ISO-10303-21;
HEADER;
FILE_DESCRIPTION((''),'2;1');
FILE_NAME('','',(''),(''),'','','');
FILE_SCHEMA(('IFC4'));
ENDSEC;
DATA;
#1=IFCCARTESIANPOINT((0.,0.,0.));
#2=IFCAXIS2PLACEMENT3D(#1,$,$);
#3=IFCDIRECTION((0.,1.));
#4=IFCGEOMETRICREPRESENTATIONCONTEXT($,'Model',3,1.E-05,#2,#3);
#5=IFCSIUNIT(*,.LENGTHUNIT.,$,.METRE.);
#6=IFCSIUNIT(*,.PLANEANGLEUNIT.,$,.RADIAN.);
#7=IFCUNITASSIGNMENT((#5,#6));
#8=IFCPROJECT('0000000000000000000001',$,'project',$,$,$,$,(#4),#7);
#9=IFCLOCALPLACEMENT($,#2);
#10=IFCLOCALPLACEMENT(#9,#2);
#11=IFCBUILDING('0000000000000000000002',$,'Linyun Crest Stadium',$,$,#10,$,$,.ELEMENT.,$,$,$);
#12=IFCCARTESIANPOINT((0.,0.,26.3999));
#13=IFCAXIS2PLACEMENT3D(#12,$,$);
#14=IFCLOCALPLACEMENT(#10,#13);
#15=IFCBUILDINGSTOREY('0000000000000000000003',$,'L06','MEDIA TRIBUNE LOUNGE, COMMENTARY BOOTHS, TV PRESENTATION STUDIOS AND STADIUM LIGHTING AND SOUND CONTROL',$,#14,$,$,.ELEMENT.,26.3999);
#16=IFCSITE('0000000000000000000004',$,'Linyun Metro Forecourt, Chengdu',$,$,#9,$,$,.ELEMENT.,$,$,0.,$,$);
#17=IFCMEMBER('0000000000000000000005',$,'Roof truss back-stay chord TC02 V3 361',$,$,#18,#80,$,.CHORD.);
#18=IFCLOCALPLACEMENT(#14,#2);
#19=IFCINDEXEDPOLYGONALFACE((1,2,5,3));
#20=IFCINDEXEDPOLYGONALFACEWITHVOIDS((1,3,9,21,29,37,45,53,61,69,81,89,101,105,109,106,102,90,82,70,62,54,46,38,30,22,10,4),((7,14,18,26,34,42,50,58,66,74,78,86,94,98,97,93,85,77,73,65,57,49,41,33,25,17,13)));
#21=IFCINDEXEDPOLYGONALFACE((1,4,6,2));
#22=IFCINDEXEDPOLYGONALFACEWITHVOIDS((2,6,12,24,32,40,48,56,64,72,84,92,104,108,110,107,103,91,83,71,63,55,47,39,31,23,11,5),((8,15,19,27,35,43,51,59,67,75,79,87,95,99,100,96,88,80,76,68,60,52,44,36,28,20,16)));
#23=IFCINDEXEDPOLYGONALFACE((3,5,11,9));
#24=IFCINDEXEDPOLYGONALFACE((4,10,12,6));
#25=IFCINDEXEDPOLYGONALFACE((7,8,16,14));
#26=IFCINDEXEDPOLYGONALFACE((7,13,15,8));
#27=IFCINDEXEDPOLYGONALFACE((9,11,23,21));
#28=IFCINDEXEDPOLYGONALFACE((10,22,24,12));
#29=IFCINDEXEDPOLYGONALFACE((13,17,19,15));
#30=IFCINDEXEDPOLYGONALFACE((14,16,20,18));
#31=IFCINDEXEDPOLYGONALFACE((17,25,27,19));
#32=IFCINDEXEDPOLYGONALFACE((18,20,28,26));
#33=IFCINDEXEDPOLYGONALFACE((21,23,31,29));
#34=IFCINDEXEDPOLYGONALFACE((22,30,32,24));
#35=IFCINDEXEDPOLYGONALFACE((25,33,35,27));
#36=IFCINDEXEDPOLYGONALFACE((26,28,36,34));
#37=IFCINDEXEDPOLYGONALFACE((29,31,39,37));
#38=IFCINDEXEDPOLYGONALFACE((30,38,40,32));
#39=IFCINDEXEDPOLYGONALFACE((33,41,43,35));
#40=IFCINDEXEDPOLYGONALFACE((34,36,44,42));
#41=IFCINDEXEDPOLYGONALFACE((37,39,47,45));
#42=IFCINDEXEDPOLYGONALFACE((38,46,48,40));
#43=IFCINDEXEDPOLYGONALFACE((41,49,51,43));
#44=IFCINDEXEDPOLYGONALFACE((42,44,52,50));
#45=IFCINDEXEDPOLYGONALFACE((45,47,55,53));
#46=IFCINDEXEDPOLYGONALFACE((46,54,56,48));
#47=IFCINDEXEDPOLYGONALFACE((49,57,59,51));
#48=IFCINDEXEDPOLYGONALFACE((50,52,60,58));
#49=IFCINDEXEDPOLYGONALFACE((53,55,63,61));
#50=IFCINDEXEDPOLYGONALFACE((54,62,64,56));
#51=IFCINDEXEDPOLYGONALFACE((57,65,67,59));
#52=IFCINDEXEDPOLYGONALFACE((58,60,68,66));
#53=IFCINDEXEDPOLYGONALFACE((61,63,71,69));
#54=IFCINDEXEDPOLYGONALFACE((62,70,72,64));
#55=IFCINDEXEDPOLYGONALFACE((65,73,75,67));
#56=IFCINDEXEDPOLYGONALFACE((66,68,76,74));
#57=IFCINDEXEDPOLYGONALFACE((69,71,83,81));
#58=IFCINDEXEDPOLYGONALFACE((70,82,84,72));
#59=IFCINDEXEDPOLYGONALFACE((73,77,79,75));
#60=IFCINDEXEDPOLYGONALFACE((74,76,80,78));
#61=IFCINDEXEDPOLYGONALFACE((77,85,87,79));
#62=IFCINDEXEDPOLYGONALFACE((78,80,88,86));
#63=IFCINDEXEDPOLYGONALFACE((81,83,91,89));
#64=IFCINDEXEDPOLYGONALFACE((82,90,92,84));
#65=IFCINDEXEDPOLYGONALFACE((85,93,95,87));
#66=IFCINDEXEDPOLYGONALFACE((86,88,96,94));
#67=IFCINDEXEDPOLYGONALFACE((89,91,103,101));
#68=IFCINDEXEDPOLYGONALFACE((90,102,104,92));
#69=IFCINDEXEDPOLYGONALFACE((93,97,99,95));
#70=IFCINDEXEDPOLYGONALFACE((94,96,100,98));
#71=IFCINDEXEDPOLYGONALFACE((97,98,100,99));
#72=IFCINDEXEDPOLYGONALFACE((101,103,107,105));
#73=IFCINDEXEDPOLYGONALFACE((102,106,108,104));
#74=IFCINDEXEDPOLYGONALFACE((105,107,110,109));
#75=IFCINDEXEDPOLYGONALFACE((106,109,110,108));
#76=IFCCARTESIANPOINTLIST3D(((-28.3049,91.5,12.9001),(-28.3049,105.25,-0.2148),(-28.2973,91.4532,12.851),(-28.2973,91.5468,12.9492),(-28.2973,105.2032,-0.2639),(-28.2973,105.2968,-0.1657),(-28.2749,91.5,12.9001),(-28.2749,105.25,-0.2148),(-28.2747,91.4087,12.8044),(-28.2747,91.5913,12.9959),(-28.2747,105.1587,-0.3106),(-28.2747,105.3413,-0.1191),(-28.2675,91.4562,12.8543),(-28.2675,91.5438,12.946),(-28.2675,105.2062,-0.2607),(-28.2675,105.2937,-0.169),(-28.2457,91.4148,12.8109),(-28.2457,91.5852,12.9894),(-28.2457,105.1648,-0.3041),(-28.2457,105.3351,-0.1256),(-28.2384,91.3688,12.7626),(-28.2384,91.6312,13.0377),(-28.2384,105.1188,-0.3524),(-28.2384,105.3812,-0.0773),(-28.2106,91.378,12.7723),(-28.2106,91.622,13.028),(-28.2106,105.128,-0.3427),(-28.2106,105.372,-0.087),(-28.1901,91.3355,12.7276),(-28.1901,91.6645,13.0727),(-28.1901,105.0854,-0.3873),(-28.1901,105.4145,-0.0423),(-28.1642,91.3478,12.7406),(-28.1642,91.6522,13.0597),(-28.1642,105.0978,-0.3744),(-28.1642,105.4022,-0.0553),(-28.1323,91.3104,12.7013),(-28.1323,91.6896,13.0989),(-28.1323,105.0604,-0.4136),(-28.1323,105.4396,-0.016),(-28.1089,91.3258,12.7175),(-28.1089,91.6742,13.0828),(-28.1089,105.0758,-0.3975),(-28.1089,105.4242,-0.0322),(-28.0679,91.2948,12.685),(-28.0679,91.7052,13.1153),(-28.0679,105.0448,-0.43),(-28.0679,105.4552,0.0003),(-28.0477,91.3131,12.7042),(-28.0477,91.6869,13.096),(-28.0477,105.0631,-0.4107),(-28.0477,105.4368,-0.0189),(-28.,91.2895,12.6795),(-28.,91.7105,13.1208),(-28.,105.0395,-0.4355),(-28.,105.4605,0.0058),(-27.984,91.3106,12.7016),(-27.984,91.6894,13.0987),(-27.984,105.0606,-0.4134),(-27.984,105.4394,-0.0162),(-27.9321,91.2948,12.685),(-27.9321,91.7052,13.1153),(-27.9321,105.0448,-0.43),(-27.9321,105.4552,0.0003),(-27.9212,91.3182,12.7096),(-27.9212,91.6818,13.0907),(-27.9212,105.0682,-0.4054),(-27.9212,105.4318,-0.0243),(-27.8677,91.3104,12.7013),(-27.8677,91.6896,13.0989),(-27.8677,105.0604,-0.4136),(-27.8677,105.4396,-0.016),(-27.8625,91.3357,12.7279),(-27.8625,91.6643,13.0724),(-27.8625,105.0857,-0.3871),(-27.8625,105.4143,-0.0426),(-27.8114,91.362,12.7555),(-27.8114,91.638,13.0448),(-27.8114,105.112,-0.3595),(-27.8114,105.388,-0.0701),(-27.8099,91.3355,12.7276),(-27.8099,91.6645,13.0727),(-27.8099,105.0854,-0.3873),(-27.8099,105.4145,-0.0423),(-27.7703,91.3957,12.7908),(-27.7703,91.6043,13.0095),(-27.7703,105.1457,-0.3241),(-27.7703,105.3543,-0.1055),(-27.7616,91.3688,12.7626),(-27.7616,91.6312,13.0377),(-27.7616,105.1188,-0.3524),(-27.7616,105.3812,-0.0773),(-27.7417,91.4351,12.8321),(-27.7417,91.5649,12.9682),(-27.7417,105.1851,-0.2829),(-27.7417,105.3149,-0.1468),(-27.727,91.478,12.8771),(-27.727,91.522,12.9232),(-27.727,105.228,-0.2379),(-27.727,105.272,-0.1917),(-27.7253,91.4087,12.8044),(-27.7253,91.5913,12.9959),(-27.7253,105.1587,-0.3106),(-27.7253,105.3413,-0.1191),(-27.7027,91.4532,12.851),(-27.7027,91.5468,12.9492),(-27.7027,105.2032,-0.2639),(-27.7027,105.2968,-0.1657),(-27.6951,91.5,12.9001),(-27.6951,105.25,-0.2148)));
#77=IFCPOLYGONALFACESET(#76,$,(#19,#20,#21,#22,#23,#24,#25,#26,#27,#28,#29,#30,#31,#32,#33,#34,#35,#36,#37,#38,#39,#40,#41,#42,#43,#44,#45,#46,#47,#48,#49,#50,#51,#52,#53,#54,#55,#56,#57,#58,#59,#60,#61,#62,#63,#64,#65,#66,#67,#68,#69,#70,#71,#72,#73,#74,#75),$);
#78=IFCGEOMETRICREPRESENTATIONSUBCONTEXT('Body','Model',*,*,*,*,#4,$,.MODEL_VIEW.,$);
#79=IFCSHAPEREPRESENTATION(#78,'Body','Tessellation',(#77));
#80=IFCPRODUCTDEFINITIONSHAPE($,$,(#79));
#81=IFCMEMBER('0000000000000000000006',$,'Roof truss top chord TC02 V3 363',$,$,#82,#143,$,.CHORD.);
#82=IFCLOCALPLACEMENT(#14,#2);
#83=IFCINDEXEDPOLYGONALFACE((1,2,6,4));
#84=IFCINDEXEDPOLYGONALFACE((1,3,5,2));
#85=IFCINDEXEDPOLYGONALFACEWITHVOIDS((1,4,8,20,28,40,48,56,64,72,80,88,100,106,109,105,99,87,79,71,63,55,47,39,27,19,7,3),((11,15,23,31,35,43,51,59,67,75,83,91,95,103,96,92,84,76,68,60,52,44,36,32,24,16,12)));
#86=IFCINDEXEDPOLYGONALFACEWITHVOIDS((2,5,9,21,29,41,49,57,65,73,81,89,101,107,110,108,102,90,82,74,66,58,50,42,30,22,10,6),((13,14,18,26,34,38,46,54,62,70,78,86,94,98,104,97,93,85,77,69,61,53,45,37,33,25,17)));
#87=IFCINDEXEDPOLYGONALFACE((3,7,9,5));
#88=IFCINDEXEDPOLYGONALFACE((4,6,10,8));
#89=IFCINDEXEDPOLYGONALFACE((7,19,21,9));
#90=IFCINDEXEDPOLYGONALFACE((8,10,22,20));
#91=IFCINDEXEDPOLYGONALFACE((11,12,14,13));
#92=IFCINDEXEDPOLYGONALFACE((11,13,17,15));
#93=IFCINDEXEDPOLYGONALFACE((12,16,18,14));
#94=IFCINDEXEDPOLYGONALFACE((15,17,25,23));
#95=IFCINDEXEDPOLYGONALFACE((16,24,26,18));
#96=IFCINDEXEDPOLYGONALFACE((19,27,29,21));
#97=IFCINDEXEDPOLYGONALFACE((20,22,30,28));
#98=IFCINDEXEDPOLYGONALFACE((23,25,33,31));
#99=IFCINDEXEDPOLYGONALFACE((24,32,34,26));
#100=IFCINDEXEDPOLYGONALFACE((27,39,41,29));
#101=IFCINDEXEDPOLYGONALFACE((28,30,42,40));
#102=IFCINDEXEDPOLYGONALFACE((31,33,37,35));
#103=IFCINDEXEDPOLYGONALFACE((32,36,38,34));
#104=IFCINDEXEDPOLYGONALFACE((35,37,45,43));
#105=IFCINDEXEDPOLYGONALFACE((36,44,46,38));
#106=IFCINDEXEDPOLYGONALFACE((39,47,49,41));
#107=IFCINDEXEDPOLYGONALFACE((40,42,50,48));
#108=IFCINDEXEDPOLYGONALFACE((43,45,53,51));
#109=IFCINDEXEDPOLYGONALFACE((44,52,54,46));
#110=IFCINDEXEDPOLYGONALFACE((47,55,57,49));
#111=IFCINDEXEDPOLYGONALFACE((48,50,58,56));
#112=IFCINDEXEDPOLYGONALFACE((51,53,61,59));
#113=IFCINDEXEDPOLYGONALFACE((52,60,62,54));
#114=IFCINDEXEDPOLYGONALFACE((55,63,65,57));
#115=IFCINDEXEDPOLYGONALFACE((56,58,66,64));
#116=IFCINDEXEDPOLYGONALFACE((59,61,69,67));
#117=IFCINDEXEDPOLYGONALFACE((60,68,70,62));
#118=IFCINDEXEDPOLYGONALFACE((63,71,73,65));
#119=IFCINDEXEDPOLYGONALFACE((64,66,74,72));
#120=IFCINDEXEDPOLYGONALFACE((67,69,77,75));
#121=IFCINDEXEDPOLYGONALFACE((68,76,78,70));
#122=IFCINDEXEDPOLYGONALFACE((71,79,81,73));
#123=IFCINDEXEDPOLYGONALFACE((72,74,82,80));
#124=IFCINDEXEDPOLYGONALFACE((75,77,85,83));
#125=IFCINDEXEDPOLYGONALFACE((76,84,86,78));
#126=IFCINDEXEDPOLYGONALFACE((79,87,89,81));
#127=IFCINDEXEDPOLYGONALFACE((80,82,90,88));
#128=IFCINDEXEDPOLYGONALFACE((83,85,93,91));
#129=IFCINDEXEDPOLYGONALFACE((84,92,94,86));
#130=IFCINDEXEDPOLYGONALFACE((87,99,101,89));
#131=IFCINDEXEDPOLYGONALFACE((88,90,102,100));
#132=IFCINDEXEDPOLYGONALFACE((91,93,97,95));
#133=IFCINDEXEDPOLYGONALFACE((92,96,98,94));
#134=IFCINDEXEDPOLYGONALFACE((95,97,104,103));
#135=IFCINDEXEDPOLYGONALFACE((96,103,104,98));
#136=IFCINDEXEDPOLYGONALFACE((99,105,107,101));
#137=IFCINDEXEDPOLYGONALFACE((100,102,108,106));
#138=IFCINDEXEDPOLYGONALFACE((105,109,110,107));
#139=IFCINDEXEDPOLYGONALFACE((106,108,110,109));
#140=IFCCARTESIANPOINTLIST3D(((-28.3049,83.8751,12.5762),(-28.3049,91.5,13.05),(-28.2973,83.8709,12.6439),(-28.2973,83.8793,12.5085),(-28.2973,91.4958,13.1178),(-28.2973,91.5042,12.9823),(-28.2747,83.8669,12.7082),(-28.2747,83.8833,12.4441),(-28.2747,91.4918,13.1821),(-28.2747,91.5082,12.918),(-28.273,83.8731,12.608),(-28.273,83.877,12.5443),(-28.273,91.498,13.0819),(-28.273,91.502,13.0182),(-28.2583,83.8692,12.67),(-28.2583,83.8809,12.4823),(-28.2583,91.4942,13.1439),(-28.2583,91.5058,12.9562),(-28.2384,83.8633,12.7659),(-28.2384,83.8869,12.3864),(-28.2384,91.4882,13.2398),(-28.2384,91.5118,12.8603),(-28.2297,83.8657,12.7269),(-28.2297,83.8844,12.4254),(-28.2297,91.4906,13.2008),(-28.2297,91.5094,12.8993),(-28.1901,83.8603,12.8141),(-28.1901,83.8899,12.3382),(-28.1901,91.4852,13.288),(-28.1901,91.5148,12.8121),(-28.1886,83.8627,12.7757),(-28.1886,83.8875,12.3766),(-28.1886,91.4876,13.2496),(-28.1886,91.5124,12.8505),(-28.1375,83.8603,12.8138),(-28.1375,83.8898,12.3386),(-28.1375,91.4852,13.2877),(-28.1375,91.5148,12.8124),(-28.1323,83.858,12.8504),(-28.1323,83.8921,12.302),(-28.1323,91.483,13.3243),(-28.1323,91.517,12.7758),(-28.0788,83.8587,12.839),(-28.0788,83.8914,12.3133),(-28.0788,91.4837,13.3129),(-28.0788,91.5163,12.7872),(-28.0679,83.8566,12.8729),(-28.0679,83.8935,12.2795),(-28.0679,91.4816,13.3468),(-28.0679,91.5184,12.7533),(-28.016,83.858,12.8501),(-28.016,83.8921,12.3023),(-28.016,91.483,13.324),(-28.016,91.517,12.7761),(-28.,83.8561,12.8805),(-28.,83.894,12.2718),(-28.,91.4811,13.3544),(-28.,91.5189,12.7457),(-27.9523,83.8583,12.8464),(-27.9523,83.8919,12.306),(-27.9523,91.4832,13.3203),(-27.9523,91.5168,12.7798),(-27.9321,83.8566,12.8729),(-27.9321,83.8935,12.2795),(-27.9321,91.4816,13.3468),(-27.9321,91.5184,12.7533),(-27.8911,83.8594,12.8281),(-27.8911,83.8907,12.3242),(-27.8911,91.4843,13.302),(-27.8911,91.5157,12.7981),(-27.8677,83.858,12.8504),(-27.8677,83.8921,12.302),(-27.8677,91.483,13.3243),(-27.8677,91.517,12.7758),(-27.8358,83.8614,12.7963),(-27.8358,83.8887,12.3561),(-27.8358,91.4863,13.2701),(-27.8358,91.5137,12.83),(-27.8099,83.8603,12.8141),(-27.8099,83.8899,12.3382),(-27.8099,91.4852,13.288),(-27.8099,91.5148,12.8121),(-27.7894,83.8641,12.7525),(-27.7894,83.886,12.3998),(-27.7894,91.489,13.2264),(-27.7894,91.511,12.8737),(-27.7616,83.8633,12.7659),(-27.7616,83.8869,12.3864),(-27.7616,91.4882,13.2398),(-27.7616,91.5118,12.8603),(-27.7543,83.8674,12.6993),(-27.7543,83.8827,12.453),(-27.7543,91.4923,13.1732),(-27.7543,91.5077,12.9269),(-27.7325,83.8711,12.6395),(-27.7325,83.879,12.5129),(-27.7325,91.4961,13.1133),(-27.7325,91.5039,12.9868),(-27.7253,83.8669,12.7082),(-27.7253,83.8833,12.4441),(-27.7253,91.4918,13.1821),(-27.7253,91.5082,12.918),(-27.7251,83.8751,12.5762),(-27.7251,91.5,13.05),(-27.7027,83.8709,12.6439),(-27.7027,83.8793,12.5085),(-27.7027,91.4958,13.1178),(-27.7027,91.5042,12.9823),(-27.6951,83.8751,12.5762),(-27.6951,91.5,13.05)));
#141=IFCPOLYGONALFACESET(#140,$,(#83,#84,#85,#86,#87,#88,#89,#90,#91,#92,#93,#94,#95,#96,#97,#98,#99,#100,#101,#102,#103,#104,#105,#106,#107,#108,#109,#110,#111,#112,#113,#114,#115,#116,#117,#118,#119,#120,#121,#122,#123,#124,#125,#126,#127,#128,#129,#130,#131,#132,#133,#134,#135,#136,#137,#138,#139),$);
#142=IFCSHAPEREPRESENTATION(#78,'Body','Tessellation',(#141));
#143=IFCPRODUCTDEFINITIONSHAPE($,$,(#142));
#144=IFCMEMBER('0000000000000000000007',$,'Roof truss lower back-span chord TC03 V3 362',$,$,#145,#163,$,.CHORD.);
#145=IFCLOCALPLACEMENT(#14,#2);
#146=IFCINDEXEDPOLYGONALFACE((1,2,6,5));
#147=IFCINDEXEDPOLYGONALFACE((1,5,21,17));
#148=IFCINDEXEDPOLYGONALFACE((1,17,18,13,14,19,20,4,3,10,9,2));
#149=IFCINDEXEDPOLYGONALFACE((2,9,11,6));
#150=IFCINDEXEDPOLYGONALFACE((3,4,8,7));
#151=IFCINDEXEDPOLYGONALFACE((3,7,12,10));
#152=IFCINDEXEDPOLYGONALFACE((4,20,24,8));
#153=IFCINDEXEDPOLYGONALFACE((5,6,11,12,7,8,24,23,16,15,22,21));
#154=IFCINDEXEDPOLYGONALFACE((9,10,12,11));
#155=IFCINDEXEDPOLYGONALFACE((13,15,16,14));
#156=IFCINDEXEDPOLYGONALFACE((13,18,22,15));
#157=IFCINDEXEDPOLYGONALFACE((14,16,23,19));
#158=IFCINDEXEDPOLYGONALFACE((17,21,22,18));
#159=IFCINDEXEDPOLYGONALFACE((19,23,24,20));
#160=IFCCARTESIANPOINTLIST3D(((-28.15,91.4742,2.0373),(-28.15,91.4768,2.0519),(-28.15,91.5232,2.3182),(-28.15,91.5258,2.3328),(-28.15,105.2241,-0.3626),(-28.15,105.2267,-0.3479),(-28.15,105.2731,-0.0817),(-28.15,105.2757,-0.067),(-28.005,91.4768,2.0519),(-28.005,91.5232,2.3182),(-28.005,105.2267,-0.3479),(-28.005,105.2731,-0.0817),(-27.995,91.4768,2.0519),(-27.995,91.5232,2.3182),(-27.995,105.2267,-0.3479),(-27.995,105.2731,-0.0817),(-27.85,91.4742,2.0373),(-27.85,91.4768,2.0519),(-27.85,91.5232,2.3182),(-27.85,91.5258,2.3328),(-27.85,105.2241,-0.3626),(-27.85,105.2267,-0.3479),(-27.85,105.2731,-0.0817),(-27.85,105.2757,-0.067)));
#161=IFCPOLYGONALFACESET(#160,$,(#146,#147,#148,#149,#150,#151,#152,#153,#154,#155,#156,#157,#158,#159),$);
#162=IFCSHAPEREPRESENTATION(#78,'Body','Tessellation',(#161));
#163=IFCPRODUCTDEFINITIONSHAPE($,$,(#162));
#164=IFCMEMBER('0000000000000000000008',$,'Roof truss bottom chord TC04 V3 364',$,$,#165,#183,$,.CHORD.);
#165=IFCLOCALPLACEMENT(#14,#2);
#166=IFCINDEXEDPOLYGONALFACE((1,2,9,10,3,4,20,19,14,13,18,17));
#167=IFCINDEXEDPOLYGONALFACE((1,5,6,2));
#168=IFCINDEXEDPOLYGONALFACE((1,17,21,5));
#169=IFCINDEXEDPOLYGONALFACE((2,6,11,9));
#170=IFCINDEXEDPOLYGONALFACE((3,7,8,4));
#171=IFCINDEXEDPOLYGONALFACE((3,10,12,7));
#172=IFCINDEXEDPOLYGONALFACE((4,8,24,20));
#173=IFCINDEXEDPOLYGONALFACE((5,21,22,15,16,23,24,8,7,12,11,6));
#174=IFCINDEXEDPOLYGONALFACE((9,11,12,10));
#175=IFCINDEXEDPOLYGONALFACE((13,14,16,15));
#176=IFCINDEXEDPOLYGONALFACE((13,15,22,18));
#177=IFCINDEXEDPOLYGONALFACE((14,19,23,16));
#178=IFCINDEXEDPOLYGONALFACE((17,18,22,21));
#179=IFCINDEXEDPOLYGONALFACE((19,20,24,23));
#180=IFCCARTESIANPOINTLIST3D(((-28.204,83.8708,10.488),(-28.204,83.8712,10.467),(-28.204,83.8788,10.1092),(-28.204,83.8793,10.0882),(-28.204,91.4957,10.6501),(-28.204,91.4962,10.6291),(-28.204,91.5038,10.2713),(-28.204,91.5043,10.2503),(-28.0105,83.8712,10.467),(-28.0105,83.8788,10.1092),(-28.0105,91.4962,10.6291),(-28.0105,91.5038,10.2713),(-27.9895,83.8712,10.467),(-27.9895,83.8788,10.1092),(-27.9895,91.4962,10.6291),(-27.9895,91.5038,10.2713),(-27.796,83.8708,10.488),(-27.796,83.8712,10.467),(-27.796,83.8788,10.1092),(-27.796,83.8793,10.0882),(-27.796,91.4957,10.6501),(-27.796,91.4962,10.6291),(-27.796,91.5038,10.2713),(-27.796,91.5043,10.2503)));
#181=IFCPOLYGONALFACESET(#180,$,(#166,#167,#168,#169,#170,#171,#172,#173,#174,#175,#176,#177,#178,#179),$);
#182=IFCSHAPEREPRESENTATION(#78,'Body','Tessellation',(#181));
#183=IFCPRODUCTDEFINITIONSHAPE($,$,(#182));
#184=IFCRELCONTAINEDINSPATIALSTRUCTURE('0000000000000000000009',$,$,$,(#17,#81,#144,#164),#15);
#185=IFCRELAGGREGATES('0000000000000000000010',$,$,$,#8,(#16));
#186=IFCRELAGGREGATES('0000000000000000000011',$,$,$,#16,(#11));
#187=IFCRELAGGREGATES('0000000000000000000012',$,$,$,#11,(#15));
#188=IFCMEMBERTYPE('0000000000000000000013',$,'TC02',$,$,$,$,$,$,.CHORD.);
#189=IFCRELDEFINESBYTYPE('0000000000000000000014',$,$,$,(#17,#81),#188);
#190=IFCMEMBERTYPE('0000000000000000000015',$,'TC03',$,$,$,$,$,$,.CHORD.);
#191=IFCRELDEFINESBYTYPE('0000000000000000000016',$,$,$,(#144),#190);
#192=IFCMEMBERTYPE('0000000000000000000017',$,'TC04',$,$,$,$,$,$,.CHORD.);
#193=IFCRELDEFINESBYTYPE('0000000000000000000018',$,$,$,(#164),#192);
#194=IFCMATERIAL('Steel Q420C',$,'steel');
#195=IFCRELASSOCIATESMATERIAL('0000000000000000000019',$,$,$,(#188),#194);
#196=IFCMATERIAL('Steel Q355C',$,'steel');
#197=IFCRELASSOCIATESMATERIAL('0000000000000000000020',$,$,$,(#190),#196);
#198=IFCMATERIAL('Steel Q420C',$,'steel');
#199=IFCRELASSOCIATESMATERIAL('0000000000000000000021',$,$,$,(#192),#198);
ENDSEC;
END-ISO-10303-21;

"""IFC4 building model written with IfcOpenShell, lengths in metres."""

from ifc_helpers import new_model, si_unit, direction, frame, origin, origin_2d, place, context, subcontext, project, spatial, hollow_circle, i_section, extrude, material, material_profile, profile_set, type_object, element, save


model = new_model("IFC4")

# Units and contexts
model_context = context("Model", 3, precision=1e-05, world=origin(), true_north=direction((0.0, 1.0)))
body_context = subcontext(model_context, "Body", "Model", "MODEL_VIEW")
ifc_project = project(units=[si_unit("LENGTHUNIT", "METRE"), si_unit("PLANEANGLEUNIT", "RADIAN")], contexts=[model_context])

# Site, building, storey
site_placement = place(None, origin())
site = spatial("IfcSite", under=ifc_project, at=site_placement, Name="Linyun Metro Forecourt, Chengdu", CompositionType="ELEMENT", RefElevation=0.0)
building_placement = place(site_placement, origin())
building = spatial("IfcBuilding", under=site, at=building_placement, Name="Linyun Crest Stadium", CompositionType="ELEMENT")
storey_placement = place(building_placement, frame((0.0, 0.0, 26.3999)))
storey = spatial("IfcBuildingStorey", under=building, at=storey_placement, Name="L06", Description="MEDIA TRIBUNE LOUNGE, COMMENTARY BOOTHS, TV PRESENTATION STUDIOS AND STADIUM LIGHTING AND SOUND CONTROL", CompositionType="ELEMENT", Elevation=26.3999)

# Members
ifc_material_1 = material(Name="Steel Q420C", Category="steel")
ifc_material_profile_1 = material_profile(ifc_material_1, hollow_circle(Radius=0.3049, WallThickness=0.03, at=origin_2d()), Name="CHS 610x30")
ifc_profile_set_1 = profile_set([ifc_material_profile_1], Name="Steel Q420C")
member_type_1 = type_object("IfcMemberType", Name="TC02", PredefinedType="CHORD", material=ifc_profile_set_1)
member_1_placement = place(storey_placement, frame((-28.0, 91.5, 12.9001), z_axis=(0.0, 0.723619, -0.6902), x_axis=(-1.0, 0.0, 0.0)))
element("IfcMember", 1, at=member_1_placement, inside=storey, type_object=member_type_1, Name="Roof truss back-stay chord TC02 V3 361", PredefinedType="CHORD", context=body_context, shape_type="SweptSolid", body=[
    extrude(hollow_circle(Radius=0.3049, WallThickness=0.03, at=origin_2d()), origin(), (0.0, 0.0, 1.0), 19.0017),
])
member_2_placement = place(storey_placement, frame((-28.0, 91.5, 13.05), z_axis=(0.0, -0.998074, -0.062028), x_axis=(1.0, 0.0, 0.0)))
element("IfcMember", 2, at=member_2_placement, inside=storey, type_object=member_type_1, Name="Roof truss top chord TC02 V3 363", PredefinedType="CHORD", context=body_context, shape_type="SweptSolid", body=[
    extrude(hollow_circle(Radius=0.3049, WallThickness=0.03, at=origin_2d()), origin(), (0.0, 0.0, 1.0), 7.6396),
])
ifc_material_2 = material(Name="Steel Q355C", Category="steel")
ifc_material_profile_2 = material_profile(ifc_material_2, i_section(OverallWidth=0.3, OverallDepth=0.3, WebThickness=0.01, FlangeThickness=0.0149, at=origin_2d()), Name="HW 300x300")
ifc_profile_set_2 = profile_set([ifc_material_profile_2], Name="Steel Q355C")
member_type_2 = type_object("IfcMemberType", Name="TC03", PredefinedType="CHORD", material=ifc_profile_set_2)
member_3_placement = place(storey_placement, frame((-28.0, 91.5, 2.1851), z_axis=(0.0, 0.985108, -0.171939), x_axis=(-1.0, 0.0, 0.0)))
element("IfcMember", 3, at=member_3_placement, inside=storey, type_object=member_type_2, Name="Roof truss lower back-span chord TC03 V3 362", PredefinedType="CHORD", context=body_context, shape_type="SweptSolid", body=[
    extrude(i_section(OverallWidth=0.3, OverallDepth=0.3, WebThickness=0.01, FlangeThickness=0.0149, at=origin_2d()), origin(), (0.0, 0.0, 1.0), 13.9578),
])
ifc_material_3 = material(Name="Steel Q420C", Category="steel")
ifc_material_profile_3 = material_profile(ifc_material_3, i_section(OverallWidth=0.408, OverallDepth=0.3999, WebThickness=0.021, FlangeThickness=0.021, at=origin_2d()), Name="HW 400x408")
ifc_profile_set_3 = profile_set([ifc_material_profile_3], Name="Steel Q420C")
member_type_3 = type_object("IfcMemberType", Name="TC04", PredefinedType="CHORD", material=ifc_profile_set_3)
member_4_placement = place(storey_placement, frame((-28.0, 91.5, 10.4502), z_axis=(0.0, -0.999774, -0.021255), x_axis=(1.0, 0.0, 0.0)))
element("IfcMember", 4, at=member_4_placement, inside=storey, type_object=member_type_3, Name="Roof truss bottom chord TC04 V3 364", PredefinedType="CHORD", context=body_context, shape_type="SweptSolid", body=[
    extrude(i_section(OverallWidth=0.408, OverallDepth=0.3999, WebThickness=0.021, FlangeThickness=0.021, at=origin_2d()), origin(), (0.0, 0.0, 1.0), 7.6267),
])

save(model, "model.ifc")
